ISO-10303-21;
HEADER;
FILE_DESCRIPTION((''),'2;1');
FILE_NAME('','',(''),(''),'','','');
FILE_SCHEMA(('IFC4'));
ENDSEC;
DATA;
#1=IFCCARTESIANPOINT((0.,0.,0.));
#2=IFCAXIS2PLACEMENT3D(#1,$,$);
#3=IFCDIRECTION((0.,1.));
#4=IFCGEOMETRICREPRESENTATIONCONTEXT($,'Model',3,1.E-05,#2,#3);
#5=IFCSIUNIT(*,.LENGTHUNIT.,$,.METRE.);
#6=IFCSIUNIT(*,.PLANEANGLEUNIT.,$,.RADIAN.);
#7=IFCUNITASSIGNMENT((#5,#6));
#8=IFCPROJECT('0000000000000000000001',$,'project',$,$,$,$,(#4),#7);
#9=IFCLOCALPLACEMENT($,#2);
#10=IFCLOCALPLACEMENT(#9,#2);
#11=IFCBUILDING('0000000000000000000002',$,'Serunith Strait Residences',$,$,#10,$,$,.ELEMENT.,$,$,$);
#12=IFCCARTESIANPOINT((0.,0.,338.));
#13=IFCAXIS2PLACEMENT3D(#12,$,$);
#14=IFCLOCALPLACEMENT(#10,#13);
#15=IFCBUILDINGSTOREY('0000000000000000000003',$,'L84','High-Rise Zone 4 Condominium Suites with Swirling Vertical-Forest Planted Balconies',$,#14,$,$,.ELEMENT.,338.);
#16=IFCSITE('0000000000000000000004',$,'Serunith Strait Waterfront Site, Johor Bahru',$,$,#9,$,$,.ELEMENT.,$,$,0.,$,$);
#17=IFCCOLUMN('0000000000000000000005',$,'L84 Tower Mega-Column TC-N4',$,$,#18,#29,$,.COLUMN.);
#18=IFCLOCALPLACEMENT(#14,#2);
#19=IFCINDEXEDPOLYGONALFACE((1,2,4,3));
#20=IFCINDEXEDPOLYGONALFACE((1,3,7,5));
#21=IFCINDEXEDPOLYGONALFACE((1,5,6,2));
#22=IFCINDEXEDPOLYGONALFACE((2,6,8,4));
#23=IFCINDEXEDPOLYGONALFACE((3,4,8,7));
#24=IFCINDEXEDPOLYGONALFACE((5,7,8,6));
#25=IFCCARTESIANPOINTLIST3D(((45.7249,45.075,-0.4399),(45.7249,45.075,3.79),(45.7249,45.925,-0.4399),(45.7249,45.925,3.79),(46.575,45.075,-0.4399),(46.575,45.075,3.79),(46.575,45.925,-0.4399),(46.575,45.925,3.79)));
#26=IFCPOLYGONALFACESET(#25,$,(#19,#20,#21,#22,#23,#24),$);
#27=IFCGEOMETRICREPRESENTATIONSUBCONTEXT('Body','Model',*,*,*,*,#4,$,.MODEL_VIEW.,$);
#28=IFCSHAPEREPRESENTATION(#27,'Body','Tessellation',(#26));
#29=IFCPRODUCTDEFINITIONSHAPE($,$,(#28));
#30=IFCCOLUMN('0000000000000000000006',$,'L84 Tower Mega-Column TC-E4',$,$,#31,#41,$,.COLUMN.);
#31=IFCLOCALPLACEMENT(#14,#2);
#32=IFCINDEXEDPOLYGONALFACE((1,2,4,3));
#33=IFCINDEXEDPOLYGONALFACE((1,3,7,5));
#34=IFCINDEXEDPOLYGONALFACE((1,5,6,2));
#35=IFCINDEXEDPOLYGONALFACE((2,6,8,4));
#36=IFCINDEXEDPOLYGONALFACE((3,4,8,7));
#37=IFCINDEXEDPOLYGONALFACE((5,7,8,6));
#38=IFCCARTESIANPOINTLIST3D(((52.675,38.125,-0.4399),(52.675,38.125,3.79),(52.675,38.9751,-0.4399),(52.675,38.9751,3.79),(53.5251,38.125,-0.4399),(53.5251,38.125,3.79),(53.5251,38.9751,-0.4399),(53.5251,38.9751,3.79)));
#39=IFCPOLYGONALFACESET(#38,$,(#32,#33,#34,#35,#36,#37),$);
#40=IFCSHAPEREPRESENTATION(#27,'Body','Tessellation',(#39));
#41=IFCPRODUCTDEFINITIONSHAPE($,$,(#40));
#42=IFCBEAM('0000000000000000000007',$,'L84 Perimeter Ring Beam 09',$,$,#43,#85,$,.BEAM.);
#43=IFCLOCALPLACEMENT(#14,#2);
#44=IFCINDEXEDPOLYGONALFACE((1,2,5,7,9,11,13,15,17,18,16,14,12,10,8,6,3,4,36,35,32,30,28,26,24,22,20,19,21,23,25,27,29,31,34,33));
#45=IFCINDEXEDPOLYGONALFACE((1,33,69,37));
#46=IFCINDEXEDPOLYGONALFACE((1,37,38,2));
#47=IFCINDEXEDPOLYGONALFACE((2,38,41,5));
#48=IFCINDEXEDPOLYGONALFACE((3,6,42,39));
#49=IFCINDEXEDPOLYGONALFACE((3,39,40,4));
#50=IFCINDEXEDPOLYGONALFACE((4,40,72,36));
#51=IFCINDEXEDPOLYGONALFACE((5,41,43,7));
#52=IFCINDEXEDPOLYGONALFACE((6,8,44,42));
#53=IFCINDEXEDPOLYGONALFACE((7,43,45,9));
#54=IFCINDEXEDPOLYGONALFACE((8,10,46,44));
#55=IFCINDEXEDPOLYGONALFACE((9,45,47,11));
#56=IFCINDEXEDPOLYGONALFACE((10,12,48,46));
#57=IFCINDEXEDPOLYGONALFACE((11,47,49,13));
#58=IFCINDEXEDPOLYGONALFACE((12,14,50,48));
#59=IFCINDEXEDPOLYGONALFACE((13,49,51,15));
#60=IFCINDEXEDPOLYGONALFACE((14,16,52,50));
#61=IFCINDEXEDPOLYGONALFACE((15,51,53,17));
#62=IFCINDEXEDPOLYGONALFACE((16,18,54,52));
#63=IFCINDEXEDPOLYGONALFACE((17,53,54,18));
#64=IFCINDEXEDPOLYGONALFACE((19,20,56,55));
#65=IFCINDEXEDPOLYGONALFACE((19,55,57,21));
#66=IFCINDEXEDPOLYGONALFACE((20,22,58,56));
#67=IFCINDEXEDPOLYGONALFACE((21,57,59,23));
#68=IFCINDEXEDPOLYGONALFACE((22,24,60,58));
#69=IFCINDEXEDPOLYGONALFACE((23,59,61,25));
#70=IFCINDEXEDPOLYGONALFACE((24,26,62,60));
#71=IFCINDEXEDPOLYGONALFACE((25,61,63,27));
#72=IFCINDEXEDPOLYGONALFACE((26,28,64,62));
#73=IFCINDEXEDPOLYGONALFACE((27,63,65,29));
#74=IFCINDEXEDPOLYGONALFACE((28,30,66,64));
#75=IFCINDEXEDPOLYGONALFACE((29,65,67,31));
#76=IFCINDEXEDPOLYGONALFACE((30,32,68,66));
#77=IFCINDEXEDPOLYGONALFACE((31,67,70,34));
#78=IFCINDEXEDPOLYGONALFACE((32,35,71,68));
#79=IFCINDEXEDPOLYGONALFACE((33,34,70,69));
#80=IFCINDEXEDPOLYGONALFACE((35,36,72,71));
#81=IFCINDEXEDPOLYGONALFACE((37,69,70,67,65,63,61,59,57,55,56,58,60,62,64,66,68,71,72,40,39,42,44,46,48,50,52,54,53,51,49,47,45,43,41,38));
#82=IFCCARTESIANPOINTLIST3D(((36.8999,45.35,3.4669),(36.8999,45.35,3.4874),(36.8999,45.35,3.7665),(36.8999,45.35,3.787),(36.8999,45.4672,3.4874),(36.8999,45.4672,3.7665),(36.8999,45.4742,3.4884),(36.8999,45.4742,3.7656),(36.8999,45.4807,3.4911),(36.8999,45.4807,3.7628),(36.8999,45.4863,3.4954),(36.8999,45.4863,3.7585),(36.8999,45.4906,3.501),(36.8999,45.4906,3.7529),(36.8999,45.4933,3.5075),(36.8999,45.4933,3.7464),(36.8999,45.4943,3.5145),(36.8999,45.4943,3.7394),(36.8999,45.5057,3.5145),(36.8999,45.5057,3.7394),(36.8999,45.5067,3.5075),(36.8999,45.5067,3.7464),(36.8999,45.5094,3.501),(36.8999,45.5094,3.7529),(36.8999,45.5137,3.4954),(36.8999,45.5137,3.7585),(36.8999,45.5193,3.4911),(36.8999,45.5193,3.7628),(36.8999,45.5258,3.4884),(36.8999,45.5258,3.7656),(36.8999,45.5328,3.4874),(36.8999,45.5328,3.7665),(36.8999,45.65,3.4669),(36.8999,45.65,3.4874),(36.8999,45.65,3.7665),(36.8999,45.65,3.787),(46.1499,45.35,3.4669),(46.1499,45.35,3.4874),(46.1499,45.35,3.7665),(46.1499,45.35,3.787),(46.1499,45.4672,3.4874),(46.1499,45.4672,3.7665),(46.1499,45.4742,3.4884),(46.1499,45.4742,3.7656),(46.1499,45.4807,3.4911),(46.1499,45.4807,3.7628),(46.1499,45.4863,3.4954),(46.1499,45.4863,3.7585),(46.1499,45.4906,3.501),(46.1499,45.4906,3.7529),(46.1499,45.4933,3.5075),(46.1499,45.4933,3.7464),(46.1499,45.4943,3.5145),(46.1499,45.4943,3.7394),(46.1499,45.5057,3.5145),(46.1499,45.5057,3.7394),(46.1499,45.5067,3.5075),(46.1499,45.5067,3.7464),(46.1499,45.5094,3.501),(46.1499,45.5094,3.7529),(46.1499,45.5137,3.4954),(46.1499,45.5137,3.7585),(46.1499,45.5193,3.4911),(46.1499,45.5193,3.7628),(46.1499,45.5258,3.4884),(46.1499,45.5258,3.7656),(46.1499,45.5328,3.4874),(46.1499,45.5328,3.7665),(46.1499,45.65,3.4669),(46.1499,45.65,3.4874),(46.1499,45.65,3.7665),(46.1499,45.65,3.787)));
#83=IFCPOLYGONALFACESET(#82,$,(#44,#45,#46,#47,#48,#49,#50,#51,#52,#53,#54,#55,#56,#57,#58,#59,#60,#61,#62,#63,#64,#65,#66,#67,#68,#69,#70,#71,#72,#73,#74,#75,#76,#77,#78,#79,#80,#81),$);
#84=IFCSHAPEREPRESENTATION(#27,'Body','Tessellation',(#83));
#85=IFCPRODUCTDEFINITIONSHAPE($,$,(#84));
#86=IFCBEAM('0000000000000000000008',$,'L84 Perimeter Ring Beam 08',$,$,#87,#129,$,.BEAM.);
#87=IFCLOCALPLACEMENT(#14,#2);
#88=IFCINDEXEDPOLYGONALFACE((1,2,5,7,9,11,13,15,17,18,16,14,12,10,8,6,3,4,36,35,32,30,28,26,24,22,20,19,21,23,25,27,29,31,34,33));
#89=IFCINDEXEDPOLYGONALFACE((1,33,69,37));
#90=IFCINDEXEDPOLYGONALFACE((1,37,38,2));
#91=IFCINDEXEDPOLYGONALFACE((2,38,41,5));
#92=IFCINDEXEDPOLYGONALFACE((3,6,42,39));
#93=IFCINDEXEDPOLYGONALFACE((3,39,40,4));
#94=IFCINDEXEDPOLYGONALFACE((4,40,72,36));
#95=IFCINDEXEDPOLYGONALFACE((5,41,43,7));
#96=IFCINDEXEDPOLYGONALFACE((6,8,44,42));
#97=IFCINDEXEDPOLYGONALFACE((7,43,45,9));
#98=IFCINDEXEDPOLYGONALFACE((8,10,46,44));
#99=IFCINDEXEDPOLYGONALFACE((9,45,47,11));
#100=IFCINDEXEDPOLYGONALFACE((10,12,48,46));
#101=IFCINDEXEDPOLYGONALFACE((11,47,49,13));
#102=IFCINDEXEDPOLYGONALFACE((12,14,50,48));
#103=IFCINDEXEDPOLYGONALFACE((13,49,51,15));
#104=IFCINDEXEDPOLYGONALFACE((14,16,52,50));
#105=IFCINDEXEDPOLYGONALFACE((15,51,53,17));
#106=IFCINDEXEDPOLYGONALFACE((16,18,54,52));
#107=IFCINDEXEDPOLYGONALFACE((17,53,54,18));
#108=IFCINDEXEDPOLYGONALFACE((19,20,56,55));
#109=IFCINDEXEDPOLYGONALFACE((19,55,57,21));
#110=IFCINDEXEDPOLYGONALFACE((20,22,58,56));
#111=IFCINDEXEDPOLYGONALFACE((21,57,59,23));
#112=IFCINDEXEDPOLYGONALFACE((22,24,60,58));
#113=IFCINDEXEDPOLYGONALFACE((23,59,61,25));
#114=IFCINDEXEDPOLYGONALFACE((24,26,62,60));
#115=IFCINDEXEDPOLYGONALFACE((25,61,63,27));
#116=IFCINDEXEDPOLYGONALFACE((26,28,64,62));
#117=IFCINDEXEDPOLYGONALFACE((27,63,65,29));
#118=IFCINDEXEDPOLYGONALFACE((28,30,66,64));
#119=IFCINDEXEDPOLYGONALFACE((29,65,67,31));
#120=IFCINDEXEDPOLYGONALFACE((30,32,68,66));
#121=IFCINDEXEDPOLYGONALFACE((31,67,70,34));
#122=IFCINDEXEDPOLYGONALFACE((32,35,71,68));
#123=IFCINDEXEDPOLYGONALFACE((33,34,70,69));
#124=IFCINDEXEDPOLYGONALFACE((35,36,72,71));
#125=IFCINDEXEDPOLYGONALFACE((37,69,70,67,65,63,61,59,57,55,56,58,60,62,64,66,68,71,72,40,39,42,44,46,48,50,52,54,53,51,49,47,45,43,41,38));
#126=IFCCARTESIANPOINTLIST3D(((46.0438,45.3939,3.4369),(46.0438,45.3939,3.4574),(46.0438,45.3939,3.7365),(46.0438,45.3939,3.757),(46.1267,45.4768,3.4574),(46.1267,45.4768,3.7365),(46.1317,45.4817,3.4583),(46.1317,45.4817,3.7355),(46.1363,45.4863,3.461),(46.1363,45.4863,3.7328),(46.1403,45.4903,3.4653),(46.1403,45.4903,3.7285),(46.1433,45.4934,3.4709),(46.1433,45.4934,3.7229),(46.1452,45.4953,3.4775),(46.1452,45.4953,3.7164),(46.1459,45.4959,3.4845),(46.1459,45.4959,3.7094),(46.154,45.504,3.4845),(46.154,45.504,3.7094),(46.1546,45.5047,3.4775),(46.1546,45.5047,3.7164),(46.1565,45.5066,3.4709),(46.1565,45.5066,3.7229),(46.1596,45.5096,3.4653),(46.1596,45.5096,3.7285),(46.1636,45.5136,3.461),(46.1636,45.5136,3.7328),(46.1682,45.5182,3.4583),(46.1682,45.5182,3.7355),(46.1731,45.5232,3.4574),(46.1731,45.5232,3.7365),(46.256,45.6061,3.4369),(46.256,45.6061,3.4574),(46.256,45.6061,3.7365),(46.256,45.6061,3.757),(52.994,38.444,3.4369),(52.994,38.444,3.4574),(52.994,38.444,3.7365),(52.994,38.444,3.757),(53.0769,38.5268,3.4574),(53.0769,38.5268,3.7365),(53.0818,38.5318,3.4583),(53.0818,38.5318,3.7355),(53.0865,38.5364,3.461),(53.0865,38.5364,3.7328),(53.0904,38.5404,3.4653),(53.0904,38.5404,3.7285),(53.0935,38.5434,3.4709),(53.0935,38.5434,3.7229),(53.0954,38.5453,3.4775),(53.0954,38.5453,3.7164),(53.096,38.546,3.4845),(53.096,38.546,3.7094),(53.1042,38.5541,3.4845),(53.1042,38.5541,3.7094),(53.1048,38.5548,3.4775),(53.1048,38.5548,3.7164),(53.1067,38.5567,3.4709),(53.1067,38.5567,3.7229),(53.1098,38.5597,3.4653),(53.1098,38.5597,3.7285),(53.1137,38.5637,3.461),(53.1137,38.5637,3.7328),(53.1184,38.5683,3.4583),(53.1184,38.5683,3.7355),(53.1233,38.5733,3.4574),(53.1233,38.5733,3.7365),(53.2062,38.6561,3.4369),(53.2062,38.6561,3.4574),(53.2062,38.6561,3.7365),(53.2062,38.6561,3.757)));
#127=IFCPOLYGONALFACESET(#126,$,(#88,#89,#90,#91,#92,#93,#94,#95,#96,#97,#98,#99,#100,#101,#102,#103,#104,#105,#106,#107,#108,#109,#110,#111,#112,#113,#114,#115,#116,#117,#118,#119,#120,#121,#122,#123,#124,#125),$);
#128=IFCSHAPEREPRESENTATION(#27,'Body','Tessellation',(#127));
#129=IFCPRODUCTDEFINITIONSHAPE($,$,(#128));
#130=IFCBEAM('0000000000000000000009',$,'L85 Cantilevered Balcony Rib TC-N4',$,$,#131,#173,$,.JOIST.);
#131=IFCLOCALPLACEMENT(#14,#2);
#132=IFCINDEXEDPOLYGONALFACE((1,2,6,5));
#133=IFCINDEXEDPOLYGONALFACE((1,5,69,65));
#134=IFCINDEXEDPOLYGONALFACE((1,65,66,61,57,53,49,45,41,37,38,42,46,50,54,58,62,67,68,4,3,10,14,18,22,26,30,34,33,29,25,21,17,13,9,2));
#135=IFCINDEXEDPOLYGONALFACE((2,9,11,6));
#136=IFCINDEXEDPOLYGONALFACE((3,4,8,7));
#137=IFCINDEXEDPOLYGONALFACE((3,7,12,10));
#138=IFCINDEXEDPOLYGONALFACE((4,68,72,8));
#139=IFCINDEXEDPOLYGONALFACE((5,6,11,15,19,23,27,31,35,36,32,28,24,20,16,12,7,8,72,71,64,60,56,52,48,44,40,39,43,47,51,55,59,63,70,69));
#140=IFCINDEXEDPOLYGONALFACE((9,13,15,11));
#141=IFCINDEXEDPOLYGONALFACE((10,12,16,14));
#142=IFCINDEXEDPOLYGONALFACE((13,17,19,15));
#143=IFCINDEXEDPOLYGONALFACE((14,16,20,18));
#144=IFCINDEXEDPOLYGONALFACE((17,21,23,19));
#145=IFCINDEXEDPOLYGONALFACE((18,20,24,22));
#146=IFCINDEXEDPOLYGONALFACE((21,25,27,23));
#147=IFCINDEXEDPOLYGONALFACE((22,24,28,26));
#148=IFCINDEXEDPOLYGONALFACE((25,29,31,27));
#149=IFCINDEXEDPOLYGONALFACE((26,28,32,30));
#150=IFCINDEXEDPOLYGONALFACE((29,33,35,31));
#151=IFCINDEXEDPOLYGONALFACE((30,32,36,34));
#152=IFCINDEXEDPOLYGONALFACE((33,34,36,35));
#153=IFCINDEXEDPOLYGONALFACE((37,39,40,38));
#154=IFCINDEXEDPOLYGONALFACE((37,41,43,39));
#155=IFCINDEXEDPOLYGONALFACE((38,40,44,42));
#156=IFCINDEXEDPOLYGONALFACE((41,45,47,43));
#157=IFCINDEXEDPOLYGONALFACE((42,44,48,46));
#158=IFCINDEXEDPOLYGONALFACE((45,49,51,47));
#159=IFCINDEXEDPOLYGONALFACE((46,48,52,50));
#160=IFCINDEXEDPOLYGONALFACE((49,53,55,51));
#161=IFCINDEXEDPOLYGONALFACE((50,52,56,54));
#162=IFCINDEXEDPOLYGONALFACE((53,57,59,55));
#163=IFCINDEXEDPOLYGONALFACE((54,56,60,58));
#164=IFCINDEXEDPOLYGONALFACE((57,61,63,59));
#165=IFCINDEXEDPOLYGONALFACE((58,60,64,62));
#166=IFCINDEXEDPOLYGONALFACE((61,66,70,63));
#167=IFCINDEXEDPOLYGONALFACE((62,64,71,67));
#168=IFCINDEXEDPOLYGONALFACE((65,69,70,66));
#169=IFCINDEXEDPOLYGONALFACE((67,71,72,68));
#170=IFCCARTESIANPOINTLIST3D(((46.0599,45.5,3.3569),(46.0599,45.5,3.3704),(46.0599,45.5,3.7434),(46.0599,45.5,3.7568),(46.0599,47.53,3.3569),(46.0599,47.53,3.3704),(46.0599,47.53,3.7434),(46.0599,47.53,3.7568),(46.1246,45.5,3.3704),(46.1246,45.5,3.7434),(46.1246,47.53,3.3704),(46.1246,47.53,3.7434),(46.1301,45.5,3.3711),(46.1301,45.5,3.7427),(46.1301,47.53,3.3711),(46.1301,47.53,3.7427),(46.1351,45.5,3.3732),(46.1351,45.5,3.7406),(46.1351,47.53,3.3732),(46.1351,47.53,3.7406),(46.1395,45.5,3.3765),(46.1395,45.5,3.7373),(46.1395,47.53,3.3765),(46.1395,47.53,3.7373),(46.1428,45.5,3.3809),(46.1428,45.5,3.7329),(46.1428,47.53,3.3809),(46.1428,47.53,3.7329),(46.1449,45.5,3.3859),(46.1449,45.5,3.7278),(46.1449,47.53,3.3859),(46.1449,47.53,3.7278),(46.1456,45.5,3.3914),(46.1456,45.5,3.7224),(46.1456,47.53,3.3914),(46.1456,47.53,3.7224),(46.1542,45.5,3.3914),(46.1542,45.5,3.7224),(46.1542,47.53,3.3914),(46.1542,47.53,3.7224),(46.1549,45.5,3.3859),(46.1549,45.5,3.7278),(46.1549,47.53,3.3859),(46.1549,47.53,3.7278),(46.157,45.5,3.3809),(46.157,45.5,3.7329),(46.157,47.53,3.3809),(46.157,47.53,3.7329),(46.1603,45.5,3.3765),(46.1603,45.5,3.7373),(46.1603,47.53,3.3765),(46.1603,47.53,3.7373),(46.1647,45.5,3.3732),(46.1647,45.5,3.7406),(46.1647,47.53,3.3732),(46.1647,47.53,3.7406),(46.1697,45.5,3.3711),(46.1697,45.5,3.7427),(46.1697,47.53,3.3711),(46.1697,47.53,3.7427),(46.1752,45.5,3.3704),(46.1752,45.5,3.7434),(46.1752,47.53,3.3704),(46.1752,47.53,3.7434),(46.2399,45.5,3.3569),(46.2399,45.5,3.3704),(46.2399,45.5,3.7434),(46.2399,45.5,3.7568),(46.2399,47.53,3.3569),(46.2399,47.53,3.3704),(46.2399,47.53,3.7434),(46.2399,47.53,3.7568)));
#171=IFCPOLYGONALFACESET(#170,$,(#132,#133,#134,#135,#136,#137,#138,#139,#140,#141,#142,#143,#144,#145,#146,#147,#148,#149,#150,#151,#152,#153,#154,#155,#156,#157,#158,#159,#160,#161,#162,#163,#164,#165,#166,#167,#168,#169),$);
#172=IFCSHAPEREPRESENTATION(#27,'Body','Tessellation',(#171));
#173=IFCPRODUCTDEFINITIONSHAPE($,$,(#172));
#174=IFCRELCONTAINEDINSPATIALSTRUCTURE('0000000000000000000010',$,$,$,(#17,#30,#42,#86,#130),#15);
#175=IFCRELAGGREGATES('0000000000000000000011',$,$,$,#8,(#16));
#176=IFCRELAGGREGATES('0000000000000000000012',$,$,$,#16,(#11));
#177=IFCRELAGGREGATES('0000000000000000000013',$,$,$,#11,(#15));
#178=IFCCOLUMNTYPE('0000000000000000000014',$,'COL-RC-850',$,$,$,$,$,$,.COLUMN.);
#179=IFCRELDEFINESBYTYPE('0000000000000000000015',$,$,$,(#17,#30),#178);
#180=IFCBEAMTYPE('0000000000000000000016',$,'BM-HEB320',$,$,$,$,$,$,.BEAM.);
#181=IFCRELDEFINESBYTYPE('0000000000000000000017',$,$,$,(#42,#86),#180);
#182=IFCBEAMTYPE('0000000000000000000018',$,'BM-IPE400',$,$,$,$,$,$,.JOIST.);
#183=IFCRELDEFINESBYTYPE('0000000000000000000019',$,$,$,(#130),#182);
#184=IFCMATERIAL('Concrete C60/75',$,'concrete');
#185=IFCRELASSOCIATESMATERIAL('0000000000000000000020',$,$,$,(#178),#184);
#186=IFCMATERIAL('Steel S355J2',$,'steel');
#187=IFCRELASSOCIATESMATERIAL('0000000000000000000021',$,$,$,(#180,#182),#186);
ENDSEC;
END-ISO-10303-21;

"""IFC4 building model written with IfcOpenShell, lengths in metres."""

from ifc_helpers import new_model, si_unit, direction, frame, origin, origin_2d, place, context, subcontext, project, spatial, rectangle, i_section, extrude, source, transform, mapped, material, material_profile, profile_set, type_object, element, save


model = new_model("IFC4")

# Units and contexts
model_context = context("Model", 3, precision=1e-05, world=origin(), true_north=direction((0.0, 1.0)))
body_context = subcontext(model_context, "Body", "Model", "MODEL_VIEW")
ifc_project = project(units=[si_unit("LENGTHUNIT", "METRE"), si_unit("PLANEANGLEUNIT", "RADIAN")], contexts=[model_context])

# Site, building, storey
site_placement = place(None, origin())
site = spatial("IfcSite", under=ifc_project, at=site_placement, Name="Serunith Strait Waterfront Site, Johor Bahru", CompositionType="ELEMENT", RefElevation=0.0)
building_placement = place(site_placement, origin())
building = spatial("IfcBuilding", under=site, at=building_placement, Name="Serunith Strait Residences", CompositionType="ELEMENT")
storey_placement = place(building_placement, frame((0.0, 0.0, 338.0)))
storey = spatial("IfcBuildingStorey", under=building, at=storey_placement, Name="L84", Description="High-Rise Zone 4 Condominium Suites with Swirling Vertical-Forest Planted Balconies", CompositionType="ELEMENT", Elevation=338.0)

# Columns
ifc_material_1 = material(Name="Concrete C60/75", Category="concrete")
ifc_material_profile_1 = material_profile(ifc_material_1, rectangle(XDim=0.8501, YDim=0.8501, at=origin_2d()), Name="RC 850x850")
ifc_profile_set_1 = profile_set([ifc_material_profile_1], Name="Concrete C60/75")
column_type = type_object("IfcColumnType", Name="COL-RC-850", PredefinedType="COLUMN", material=ifc_profile_set_1)
shared_shape_1 = source(origin(), body_context, "Body", "SweptSolid", [
    extrude(rectangle(XDim=0.8501, YDim=0.8501, at=origin_2d()), origin(), (0.0, 0.0, 1.0), 4.23),
])
for number, where, z_axis, x_axis, name in (
    (1, (46.1499, 45.5, -0.4399), (0.0, 0.0, 1.0), (1.0, 0.0, 0.0), "L84 Tower Mega-Column TC-N4"),
    (2, (53.1001, 38.55, -0.4399), (0.0, 0.0, 1.0), (1.0, 0.0, 0.0), "L84 Tower Mega-Column TC-E4"),
):
    element("IfcColumn", number, at=place(storey_placement, frame(where, z_axis=z_axis, x_axis=x_axis)), inside=storey, type_object=column_type, Name=name, PredefinedType="COLUMN", context=body_context, shape_type="MappedRepresentation", body=[
        mapped(shared_shape_1, transform((0.0, 0.0, 0.0), scale=1.0)),
    ])

# Beams
ifc_material_2 = material(Name="Steel S355J2", Category="steel")
ifc_material_profile_2 = material_profile(ifc_material_2, i_section(OverallWidth=0.3, OverallDepth=0.3201, WebThickness=0.0115, FlangeThickness=0.0205, FilletRadius=0.0271, at=origin_2d()), Name="HEB 320")
ifc_profile_set_2 = profile_set([ifc_material_profile_2], Name="Steel S355J2")
beam_type_1 = type_object("IfcBeamType", Name="BM-HEB320", PredefinedType="BEAM", material=ifc_profile_set_2)
shared_shape_2 = source(origin(), body_context, "Body", "SweptSolid", [
    extrude(i_section(OverallWidth=0.3, OverallDepth=0.3201, WebThickness=0.0115, FlangeThickness=0.0205, FilletRadius=0.0271, at=origin_2d()), origin(), (0.0, 0.0, 1.0), 9.25),
])
beam_1_placement = place(storey_placement, frame((46.1499, 45.5, 3.627), z_axis=(-1.0, 0.0, 0.0), x_axis=(0.0, -1.0, 0.0)))
element("IfcBeam", 3, at=beam_1_placement, inside=storey, type_object=beam_type_1, Name="L84 Perimeter Ring Beam 09", PredefinedType="BEAM", context=body_context, shape_type="MappedRepresentation", body=[
    mapped(shared_shape_2, transform((0.0, 0.0, 0.0), scale=1.0)),
])
shared_shape_3 = source(origin(), body_context, "Body", "SweptSolid", [
    extrude(i_section(OverallWidth=0.3, OverallDepth=0.3201, WebThickness=0.0115, FlangeThickness=0.0205, FilletRadius=0.0271, at=origin_2d()), origin(), (0.0, 0.0, 1.0), 9.8289),
])
beam_2_placement = place(storey_placement, frame((53.1001, 38.55, 3.5969), z_axis=(-0.707119, 0.707094, 0.0), x_axis=(-0.707094, -0.707119, 0.0)))
element("IfcBeam", 4, at=beam_2_placement, inside=storey, type_object=beam_type_1, Name="L84 Perimeter Ring Beam 08", PredefinedType="BEAM", context=body_context, shape_type="MappedRepresentation", body=[
    mapped(shared_shape_3, transform((0.0, 0.0, 0.0), scale=1.0)),
])
ifc_material_profile_3 = material_profile(ifc_material_2, i_section(OverallWidth=0.1799, OverallDepth=0.3999, WebThickness=0.0085, FlangeThickness=0.0134, FilletRadius=0.021, at=origin_2d()), Name="IPE 400")
ifc_profile_set_3 = profile_set([ifc_material_profile_3], Name="Steel S355J2")
beam_type_2 = type_object("IfcBeamType", Name="BM-IPE400", PredefinedType="JOIST", material=ifc_profile_set_3)
shared_shape_4 = source(origin(), body_context, "Body", "SweptSolid", [
    extrude(i_section(OverallWidth=0.1799, OverallDepth=0.3999, WebThickness=0.0085, FlangeThickness=0.0134, FilletRadius=0.021, at=origin_2d()), origin(), (0.0, 0.0, 1.0), 2.03),
])
beam_3_placement = place(storey_placement, frame((46.1499, 45.5, 3.5569), z_axis=(0.0, 1.0, 0.0), x_axis=(-1.0, 0.0, 0.0)))
element("IfcBeam", 5, at=beam_3_placement, inside=storey, type_object=beam_type_2, Name="L85 Cantilevered Balcony Rib TC-N4", PredefinedType="JOIST", context=body_context, shape_type="MappedRepresentation", body=[
    mapped(shared_shape_4, transform((0.0, 0.0, 0.0), scale=1.0)),
])

save(model, "model.ifc")
